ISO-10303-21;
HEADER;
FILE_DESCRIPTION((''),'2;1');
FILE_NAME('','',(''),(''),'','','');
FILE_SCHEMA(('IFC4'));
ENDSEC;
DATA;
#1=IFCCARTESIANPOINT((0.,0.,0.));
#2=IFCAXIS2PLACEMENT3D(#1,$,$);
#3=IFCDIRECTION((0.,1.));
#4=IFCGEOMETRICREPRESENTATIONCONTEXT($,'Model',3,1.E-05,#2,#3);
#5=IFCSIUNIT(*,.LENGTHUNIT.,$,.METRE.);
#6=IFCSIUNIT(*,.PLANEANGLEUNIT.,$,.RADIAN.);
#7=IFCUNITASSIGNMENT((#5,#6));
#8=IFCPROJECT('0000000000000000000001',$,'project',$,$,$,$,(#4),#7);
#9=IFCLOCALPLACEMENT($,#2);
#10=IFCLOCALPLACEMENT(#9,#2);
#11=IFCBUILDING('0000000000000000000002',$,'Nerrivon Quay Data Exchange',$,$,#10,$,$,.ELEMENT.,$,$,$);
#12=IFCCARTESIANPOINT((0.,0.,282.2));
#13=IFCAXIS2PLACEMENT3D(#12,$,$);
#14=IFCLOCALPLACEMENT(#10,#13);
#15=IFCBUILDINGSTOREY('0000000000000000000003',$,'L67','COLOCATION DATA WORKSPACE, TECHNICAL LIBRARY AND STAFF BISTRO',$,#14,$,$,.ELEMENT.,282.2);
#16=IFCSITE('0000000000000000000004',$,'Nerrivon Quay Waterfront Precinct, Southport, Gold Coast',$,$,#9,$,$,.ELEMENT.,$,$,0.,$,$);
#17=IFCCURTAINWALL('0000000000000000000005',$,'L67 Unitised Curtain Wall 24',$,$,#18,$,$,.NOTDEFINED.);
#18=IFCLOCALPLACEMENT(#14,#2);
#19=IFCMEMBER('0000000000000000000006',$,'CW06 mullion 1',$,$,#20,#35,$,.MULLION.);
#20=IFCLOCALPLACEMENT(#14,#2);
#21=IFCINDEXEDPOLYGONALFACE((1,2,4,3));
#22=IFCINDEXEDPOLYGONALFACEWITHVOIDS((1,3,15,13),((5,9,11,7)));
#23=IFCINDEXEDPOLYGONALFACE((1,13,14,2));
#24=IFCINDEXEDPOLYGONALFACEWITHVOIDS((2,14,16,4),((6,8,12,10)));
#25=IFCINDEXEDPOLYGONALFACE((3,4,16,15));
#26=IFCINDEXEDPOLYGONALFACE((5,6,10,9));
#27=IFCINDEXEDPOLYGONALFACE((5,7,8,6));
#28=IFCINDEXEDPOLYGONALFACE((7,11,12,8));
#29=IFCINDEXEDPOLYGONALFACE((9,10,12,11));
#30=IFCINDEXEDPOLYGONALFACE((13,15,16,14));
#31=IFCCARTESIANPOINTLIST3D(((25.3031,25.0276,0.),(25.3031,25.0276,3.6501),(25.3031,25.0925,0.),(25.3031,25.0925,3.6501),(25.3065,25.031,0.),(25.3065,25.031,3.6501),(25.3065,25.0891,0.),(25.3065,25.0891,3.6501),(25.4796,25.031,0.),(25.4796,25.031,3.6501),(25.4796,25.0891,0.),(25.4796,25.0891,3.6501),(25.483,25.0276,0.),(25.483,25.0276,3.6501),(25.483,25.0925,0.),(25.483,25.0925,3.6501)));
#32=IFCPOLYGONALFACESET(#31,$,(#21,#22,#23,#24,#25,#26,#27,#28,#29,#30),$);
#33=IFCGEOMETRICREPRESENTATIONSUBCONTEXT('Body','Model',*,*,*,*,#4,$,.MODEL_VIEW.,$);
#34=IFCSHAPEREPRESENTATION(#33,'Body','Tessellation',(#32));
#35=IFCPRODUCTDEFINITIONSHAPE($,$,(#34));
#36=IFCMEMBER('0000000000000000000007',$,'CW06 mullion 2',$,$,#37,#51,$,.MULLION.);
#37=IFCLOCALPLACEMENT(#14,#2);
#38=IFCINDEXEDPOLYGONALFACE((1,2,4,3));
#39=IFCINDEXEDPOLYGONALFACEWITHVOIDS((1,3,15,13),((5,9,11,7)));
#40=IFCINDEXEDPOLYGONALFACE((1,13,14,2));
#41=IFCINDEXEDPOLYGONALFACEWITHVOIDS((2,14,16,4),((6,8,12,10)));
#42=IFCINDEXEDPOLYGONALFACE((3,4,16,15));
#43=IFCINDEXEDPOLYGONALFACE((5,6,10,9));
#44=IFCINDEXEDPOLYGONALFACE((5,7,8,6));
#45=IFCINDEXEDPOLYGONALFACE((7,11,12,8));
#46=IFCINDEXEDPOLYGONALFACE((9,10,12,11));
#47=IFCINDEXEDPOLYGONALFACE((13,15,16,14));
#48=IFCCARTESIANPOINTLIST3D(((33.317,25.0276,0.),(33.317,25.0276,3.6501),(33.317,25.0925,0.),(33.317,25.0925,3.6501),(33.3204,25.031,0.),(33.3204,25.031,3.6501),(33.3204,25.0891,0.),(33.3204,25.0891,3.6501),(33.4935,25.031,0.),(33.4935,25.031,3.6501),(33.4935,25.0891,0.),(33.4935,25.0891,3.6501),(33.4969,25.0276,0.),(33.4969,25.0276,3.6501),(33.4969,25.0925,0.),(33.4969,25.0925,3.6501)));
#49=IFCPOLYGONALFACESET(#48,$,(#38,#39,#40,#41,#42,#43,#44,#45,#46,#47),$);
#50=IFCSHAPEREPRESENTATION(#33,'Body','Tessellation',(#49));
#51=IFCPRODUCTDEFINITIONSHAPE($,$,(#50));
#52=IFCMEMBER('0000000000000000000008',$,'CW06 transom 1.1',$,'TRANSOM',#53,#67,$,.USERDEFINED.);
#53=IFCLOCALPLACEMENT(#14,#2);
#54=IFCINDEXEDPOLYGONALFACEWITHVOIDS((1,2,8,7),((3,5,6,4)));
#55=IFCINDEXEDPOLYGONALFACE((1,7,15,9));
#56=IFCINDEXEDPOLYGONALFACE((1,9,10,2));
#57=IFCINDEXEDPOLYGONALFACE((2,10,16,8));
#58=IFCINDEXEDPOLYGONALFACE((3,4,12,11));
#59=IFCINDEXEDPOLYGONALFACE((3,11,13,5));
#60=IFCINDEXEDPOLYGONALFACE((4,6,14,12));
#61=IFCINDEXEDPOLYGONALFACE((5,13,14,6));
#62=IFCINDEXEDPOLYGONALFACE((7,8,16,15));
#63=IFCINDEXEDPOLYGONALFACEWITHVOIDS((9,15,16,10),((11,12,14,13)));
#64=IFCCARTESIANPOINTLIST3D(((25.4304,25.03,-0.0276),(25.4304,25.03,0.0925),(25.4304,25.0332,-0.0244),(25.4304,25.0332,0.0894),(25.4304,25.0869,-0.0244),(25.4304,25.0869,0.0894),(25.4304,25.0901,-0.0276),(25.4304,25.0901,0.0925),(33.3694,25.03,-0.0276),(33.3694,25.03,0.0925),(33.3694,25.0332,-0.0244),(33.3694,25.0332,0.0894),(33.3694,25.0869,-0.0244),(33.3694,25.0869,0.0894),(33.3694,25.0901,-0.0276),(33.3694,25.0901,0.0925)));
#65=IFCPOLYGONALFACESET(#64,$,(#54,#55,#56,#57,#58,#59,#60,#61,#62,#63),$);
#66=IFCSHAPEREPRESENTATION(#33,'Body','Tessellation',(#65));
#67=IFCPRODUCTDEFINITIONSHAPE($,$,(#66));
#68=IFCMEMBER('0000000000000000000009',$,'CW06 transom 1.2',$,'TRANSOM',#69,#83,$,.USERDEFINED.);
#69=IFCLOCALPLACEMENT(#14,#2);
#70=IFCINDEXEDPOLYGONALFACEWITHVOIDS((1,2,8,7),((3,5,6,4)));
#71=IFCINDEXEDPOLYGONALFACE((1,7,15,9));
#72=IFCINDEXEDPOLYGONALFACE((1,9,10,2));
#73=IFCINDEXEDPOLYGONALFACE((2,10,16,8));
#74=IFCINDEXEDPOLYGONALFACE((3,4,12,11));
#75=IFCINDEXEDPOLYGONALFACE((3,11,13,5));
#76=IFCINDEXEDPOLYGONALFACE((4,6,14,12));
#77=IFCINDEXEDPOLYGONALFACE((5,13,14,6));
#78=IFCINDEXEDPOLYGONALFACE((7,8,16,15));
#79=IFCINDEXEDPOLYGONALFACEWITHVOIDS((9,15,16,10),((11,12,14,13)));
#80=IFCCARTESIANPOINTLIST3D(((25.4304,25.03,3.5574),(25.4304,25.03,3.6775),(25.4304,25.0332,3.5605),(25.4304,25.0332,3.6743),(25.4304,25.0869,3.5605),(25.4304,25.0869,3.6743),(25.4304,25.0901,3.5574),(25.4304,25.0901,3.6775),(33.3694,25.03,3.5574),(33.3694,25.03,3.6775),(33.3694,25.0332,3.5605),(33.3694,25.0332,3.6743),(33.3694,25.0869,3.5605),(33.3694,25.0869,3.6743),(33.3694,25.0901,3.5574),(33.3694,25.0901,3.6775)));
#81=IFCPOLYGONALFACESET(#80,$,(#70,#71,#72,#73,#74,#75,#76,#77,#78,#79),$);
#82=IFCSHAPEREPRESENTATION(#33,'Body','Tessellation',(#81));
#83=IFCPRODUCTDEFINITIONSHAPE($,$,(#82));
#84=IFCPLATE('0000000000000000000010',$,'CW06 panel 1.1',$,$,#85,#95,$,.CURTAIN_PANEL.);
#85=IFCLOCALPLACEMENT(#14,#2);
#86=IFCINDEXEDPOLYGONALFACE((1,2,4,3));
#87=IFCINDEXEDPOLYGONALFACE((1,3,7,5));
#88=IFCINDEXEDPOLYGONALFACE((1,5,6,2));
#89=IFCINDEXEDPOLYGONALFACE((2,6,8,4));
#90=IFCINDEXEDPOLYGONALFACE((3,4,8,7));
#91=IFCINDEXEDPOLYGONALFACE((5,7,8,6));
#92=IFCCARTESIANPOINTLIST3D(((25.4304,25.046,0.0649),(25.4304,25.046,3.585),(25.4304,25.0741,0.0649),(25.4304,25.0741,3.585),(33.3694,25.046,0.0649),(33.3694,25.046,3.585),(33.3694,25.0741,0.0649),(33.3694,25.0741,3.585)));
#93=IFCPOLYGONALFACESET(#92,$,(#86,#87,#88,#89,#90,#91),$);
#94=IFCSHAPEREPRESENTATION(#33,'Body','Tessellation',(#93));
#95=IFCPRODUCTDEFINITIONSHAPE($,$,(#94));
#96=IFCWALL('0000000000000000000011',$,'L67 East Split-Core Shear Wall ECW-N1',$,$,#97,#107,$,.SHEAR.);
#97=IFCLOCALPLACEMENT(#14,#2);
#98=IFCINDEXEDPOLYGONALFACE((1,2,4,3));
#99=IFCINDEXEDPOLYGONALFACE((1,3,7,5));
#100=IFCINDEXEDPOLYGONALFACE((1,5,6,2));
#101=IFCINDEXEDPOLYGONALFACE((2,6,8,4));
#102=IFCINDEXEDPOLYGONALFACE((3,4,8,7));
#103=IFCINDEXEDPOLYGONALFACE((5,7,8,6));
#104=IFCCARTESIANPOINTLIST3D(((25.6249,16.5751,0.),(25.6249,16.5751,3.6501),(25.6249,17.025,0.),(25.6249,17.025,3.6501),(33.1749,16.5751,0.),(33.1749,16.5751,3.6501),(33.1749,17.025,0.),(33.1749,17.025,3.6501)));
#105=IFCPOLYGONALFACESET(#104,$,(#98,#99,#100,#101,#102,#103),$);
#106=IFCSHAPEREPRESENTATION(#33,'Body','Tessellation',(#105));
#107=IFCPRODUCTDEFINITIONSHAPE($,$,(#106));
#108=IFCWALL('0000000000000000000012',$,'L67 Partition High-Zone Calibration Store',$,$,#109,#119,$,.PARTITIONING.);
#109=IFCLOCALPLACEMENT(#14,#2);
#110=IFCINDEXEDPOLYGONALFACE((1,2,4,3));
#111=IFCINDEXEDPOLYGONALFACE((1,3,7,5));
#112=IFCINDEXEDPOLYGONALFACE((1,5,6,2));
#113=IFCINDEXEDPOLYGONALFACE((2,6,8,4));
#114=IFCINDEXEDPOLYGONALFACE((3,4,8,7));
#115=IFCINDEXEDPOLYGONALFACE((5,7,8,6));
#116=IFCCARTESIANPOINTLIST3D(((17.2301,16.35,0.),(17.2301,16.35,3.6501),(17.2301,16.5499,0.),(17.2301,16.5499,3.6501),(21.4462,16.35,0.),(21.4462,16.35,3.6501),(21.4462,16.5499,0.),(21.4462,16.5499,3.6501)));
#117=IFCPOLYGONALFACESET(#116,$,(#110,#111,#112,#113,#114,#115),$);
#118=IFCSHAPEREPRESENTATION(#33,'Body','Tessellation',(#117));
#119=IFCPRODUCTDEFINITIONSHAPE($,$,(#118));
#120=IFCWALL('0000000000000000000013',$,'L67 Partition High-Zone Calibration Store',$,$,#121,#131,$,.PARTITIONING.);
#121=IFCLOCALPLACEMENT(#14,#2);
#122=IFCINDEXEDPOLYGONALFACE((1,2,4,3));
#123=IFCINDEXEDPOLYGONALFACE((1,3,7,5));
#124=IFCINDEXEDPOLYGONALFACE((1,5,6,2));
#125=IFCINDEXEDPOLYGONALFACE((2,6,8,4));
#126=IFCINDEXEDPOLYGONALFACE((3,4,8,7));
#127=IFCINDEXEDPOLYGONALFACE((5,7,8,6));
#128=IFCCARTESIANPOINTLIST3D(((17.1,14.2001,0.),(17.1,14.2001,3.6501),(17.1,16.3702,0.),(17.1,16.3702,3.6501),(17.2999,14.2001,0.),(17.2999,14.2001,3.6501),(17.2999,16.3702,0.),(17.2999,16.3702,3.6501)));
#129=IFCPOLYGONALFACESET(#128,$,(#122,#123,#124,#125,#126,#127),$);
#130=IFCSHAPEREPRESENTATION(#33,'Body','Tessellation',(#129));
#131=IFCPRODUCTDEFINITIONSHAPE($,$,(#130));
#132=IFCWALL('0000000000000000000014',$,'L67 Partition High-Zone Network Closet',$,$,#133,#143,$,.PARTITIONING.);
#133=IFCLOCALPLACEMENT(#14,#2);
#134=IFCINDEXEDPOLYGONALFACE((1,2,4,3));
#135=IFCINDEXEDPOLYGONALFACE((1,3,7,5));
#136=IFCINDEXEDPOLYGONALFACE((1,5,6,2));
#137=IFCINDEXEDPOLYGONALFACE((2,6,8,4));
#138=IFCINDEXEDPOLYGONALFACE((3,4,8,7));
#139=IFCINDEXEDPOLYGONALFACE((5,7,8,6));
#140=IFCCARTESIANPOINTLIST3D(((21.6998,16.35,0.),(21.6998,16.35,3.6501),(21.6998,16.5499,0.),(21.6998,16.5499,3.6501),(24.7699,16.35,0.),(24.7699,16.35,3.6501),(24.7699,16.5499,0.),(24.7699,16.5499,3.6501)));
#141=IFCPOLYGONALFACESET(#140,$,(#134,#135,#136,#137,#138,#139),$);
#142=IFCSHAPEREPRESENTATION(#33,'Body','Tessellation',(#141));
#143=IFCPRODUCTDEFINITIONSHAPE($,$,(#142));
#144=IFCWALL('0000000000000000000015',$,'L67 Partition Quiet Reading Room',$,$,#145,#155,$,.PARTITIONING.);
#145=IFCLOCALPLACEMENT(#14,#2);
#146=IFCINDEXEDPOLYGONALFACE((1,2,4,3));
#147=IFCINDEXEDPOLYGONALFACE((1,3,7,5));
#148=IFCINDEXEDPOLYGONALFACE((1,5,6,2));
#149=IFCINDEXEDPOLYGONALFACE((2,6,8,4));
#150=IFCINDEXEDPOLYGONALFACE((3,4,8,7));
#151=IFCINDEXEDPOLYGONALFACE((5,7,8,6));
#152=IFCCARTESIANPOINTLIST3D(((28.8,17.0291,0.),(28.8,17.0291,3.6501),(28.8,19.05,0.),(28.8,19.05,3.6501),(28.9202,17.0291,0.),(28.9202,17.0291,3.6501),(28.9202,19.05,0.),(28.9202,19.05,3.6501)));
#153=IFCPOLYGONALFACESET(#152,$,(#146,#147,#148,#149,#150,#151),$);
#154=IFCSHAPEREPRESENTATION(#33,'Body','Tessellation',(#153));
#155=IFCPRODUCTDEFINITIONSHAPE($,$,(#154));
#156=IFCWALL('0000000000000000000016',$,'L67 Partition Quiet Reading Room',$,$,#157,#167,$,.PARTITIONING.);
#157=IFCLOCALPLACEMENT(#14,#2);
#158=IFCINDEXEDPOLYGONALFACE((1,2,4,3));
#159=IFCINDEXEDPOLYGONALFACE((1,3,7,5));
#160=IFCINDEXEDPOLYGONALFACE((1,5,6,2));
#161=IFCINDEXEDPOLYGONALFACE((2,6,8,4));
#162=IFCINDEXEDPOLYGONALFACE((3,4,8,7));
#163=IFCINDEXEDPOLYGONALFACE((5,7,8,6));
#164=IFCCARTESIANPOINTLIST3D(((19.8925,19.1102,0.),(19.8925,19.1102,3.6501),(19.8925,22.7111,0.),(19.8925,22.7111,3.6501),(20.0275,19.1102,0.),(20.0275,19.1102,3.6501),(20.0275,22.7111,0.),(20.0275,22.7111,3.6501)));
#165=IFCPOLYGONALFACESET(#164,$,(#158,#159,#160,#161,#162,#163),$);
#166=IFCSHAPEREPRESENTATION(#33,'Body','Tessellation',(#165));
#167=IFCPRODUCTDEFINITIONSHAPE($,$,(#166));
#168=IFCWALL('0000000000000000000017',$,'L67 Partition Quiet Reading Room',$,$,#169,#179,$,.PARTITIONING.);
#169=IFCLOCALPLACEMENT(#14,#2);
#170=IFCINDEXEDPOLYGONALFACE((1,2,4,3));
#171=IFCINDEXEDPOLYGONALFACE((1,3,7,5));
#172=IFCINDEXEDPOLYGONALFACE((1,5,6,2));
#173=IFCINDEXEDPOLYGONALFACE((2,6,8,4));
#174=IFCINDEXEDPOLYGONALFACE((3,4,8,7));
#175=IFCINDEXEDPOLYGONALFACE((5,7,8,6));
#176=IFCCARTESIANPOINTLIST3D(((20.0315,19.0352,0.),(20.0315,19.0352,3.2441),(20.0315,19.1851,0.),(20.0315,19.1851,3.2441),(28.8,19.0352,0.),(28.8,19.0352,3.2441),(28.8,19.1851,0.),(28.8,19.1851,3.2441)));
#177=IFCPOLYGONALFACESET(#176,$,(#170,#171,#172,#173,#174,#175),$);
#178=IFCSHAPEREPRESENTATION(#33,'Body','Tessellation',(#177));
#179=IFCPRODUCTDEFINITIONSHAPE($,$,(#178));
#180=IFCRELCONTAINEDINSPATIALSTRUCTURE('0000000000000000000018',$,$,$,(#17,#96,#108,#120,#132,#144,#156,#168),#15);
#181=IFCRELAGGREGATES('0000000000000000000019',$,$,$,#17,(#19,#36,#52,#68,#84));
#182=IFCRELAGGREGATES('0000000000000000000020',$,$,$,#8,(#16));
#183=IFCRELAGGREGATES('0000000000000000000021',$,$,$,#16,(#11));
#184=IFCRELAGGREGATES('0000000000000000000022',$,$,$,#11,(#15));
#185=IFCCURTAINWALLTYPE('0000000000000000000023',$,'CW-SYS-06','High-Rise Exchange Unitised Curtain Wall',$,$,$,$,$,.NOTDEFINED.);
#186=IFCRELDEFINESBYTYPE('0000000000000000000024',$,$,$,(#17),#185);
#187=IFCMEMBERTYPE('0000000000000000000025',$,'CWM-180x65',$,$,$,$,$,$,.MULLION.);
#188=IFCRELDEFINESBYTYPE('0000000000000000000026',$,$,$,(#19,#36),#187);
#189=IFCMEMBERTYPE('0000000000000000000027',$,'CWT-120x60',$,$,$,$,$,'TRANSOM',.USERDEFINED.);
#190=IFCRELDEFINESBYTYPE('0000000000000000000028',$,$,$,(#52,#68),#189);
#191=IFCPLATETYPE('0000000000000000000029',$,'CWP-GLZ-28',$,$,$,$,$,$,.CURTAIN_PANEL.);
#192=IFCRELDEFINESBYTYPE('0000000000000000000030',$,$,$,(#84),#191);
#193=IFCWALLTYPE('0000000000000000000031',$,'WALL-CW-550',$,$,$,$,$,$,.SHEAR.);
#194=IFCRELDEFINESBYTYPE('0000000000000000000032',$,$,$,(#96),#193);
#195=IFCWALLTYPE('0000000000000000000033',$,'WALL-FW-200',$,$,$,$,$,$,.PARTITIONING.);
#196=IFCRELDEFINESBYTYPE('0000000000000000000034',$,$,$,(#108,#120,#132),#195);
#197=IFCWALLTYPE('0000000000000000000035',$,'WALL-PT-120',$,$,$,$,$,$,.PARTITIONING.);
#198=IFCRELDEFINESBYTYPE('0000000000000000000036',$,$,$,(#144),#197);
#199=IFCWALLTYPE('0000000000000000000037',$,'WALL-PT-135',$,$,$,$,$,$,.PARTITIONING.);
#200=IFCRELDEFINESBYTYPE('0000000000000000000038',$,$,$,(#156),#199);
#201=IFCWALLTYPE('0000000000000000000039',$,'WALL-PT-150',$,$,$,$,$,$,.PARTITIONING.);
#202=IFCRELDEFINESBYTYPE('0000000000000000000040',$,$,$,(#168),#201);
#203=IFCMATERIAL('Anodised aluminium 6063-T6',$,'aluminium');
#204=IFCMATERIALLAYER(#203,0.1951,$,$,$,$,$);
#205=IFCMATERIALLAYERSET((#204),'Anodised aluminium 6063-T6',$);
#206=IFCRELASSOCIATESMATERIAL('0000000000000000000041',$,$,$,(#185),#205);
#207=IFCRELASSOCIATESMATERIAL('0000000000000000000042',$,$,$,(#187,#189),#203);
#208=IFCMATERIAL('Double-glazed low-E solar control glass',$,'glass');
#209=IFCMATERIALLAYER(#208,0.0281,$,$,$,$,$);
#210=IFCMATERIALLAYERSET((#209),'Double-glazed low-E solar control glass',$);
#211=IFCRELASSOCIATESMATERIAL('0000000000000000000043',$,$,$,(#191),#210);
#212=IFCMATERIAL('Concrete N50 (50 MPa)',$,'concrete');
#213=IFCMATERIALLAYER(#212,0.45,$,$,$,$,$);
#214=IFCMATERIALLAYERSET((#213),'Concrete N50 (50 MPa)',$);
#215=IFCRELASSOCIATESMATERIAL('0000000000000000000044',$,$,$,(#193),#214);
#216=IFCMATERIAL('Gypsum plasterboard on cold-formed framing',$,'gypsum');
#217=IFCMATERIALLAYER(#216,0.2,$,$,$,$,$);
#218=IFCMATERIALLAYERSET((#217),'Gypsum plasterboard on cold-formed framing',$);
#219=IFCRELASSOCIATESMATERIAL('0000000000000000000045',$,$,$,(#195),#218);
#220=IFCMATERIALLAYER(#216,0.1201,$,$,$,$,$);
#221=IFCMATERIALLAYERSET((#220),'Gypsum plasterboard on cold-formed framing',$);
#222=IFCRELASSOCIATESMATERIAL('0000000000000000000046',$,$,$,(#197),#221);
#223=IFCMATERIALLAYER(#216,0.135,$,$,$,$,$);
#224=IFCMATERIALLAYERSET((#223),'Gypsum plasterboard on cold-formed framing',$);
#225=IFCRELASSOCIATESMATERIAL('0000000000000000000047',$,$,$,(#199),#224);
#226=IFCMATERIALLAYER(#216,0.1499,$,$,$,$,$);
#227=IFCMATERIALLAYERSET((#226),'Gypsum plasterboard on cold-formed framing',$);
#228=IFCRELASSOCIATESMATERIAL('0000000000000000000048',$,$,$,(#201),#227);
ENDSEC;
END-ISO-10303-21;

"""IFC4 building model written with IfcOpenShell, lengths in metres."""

from ifc_helpers import new_model, si_unit, direction, frame, frame_2d, origin, origin_2d, place, context, subcontext, project, spatial, rectangle, hollow_rectangle, extrude, material, layer, layer_set, material_profile, profile_set, type_object, element, aggregate, save


model = new_model("IFC4")

# Units and contexts
model_context = context("Model", 3, precision=1e-05, world=origin(), true_north=direction((0.0, 1.0)))
body_context = subcontext(model_context, "Body", "Model", "MODEL_VIEW")
ifc_project = project(units=[si_unit("LENGTHUNIT", "METRE"), si_unit("PLANEANGLEUNIT", "RADIAN")], contexts=[model_context])

# Site, building, storey
site_placement = place(None, origin())
site = spatial("IfcSite", under=ifc_project, at=site_placement, Name="Nerrivon Quay Waterfront Precinct, Southport, Gold Coast", CompositionType="ELEMENT", RefElevation=0.0)
building_placement = place(site_placement, origin())
building = spatial("IfcBuilding", under=site, at=building_placement, Name="Nerrivon Quay Data Exchange", CompositionType="ELEMENT")
storey_placement = place(building_placement, frame((0.0, 0.0, 282.2)))
storey = spatial("IfcBuildingStorey", under=building, at=storey_placement, Name="L67", Description="COLOCATION DATA WORKSPACE, TECHNICAL LIBRARY AND STAFF BISTRO", CompositionType="ELEMENT", Elevation=282.2)

# Shared definitions
ifc_material_1 = material(Name="Concrete N50 (50 MPa)", Category="concrete")

# Curtain wall, members, plate
ifc_material_2 = material(Name="Anodised aluminium 6063-T6", Category="aluminium")
ifc_layer_1 = layer(ifc_material_2, 0.1951)
ifc_layer_set_1 = layer_set([ifc_layer_1], Name="Anodised aluminium 6063-T6")
curtain_wall_type = type_object("IfcCurtainWallType", Name="CW-SYS-06", Description="High-Rise Exchange Unitised Curtain Wall", PredefinedType="NOTDEFINED", material=ifc_layer_set_1)
curtain_wall_placement = place(storey_placement, origin())
curtain_wall = element("IfcCurtainWall", 1, at=curtain_wall_placement, inside=storey, type_object=curtain_wall_type, Name="L67 Unitised Curtain Wall 24", PredefinedType="NOTDEFINED")
ifc_material_profile_1 = material_profile(ifc_material_2, hollow_rectangle(XDim=0.0649, YDim=0.1799, WallThickness=0.0034, at=origin_2d()), Name="ALU-MULL-180x65")
ifc_profile_set_1 = profile_set([ifc_material_profile_1], Name="Anodised aluminium 6063-T6")
member_type_1 = type_object("IfcMemberType", Name="CWM-180x65", PredefinedType="MULLION", material=ifc_profile_set_1)
member_1_placement = place(storey_placement, frame((25.3931, 25.0601, 0.0), z_axis=(0.0, 0.0, 1.0), x_axis=(0.0, 1.0, 0.0)))
member_1 = element("IfcMember", 2, at=member_1_placement, type_object=member_type_1, Name="CW06 mullion 1", PredefinedType="MULLION", context=body_context, shape_type="SweptSolid", body=[
    extrude(hollow_rectangle(XDim=0.0649, YDim=0.1799, WallThickness=0.0034, at=origin_2d()), origin(), (0.0, 0.0, 1.0), 3.6501),
])
member_2_placement = place(storey_placement, frame((33.407, 25.0601, 0.0), z_axis=(0.0, 0.0, 1.0), x_axis=(0.0, 1.0, 0.0)))
member_2 = element("IfcMember", 3, at=member_2_placement, type_object=member_type_1, Name="CW06 mullion 2", PredefinedType="MULLION", context=body_context, shape_type="SweptSolid", body=[
    extrude(hollow_rectangle(XDim=0.0649, YDim=0.1799, WallThickness=0.0034, at=origin_2d()), origin(), (0.0, 0.0, 1.0), 3.6501),
])
ifc_material_profile_2 = material_profile(ifc_material_2, hollow_rectangle(XDim=0.0601, YDim=0.1201, WallThickness=0.0032, at=origin_2d()), Name="ALU-TRAN-120x60")
ifc_profile_set_2 = profile_set([ifc_material_profile_2], Name="Anodised aluminium 6063-T6")
member_type_2 = type_object("IfcMemberType", Name="CWT-120x60", ElementType="TRANSOM", PredefinedType="USERDEFINED", material=ifc_profile_set_2)
member_3_placement = place(storey_placement, frame((25.4304, 25.0601, 0.0325), z_axis=(1.0, 0.0, 0.0), x_axis=(0.0, 1.0, 0.0)))
member_3 = element("IfcMember", 4, at=member_3_placement, type_object=member_type_2, Name="CW06 transom 1.1", ObjectType="TRANSOM", PredefinedType="USERDEFINED", context=body_context, shape_type="SweptSolid", body=[
    extrude(hollow_rectangle(XDim=0.0601, YDim=0.1201, WallThickness=0.0032, at=origin_2d()), origin(), (0.0, 0.0, 1.0), 7.939),
])
member_4_placement = place(storey_placement, frame((25.4304, 25.0601, 3.6174), z_axis=(1.0, 0.0, 0.0), x_axis=(0.0, 1.0, 0.0)))
member_4 = element("IfcMember", 5, at=member_4_placement, type_object=member_type_2, Name="CW06 transom 1.2", ObjectType="TRANSOM", PredefinedType="USERDEFINED", context=body_context, shape_type="SweptSolid", body=[
    extrude(hollow_rectangle(XDim=0.0601, YDim=0.1201, WallThickness=0.0032, at=origin_2d()), origin(), (0.0, 0.0, 1.0), 7.939),
])
ifc_material_3 = material(Name="Double-glazed low-E solar control glass", Category="glass")
ifc_layer_2 = layer(ifc_material_3, 0.0281)
ifc_layer_set_2 = layer_set([ifc_layer_2], Name="Double-glazed low-E solar control glass")
plate_type = type_object("IfcPlateType", Name="CWP-GLZ-28", PredefinedType="CURTAIN_PANEL", material=ifc_layer_set_2)
plate_placement = place(storey_placement, frame((29.3999, 25.0601, 0.0649), z_axis=(0.0, 0.0, 1.0), x_axis=(1.0, 0.0, 0.0)))
plate = element("IfcPlate", 6, at=plate_placement, type_object=plate_type, Name="CW06 panel 1.1", PredefinedType="CURTAIN_PANEL", context=body_context, shape_type="SweptSolid", body=[
    extrude(rectangle(XDim=7.939, YDim=0.0281, at=origin_2d()), origin(), (0.0, 0.0, 1.0), 3.52),
])
aggregate(curtain_wall, [member_1, member_2, member_3, member_4, plate])

# Walls
ifc_layer_3 = layer(ifc_material_1, 0.45)
ifc_layer_set_3 = layer_set([ifc_layer_3], Name="Concrete N50 (50 MPa)")
wall_type_1 = type_object("IfcWallType", Name="WALL-CW-550", PredefinedType="SHEAR", material=ifc_layer_set_3)
wall_1_placement = place(storey_placement, frame((25.625, 16.8, 0.0), z_axis=(0.0, 0.0, 1.0), x_axis=(1.0, 0.0, 0.0)))
element("IfcWall", 7, at=wall_1_placement, inside=storey, type_object=wall_type_1, Name="L67 East Split-Core Shear Wall ECW-N1", PredefinedType="SHEAR", context=body_context, shape_type="SweptSolid", body=[
    extrude(rectangle(XDim=7.55, YDim=0.45, at=frame_2d((3.7749, 0.0))), origin(), (0.0, 0.0, 1.0), 3.6501),
])
ifc_material_4 = material(Name="Gypsum plasterboard on cold-formed framing", Category="gypsum")
ifc_layer_4 = layer(ifc_material_4, 0.2)
ifc_layer_set_4 = layer_set([ifc_layer_4], Name="Gypsum plasterboard on cold-formed framing")
wall_type_2 = type_object("IfcWallType", Name="WALL-FW-200", PredefinedType="PARTITIONING", material=ifc_layer_set_4)
wall_2_placement = place(storey_placement, frame((21.446, 16.45, 0.0), z_axis=(0.0, 0.0, 1.0), x_axis=(-1.0, 0.0, 0.0)))
element("IfcWall", 8, at=wall_2_placement, inside=storey, type_object=wall_type_2, Name="L67 Partition High-Zone Calibration Store", PredefinedType="PARTITIONING", context=body_context, shape_type="SweptSolid", body=[
    extrude(rectangle(XDim=4.2161, YDim=0.2, at=frame_2d((2.1079, 0.0))), origin(), (0.0, 0.0, 1.0), 3.6501),
])
wall_3_placement = place(storey_placement, frame((17.2, 16.3701, 0.0), z_axis=(0.0, 0.0, 1.0), x_axis=(0.0, -1.0, 0.0)))
element("IfcWall", 9, at=wall_3_placement, inside=storey, type_object=wall_type_2, Name="L67 Partition High-Zone Calibration Store", PredefinedType="PARTITIONING", context=body_context, shape_type="SweptSolid", body=[
    extrude(rectangle(XDim=2.1702, YDim=0.2, at=frame_2d((1.085, 0.0))), origin(), (0.0, 0.0, 1.0), 3.6501),
])
wall_4_placement = place(storey_placement, frame((24.77, 16.45, 0.0), z_axis=(0.0, 0.0, 1.0), x_axis=(-1.0, 0.0, 0.0)))
element("IfcWall", 10, at=wall_4_placement, inside=storey, type_object=wall_type_2, Name="L67 Partition High-Zone Network Closet", PredefinedType="PARTITIONING", context=body_context, shape_type="SweptSolid", body=[
    extrude(rectangle(XDim=3.0701, YDim=0.2, at=frame_2d((1.5352, 0.0))), origin(), (0.0, 0.0, 1.0), 3.6501),
])
ifc_layer_5 = layer(ifc_material_4, 0.1201)
ifc_layer_set_5 = layer_set([ifc_layer_5], Name="Gypsum plasterboard on cold-formed framing")
wall_type_3 = type_object("IfcWallType", Name="WALL-PT-120", PredefinedType="PARTITIONING", material=ifc_layer_set_5)
wall_5_placement = place(storey_placement, frame((28.8601, 19.05, 0.0), z_axis=(0.0, 0.0, 1.0), x_axis=(0.0, -1.0, 0.0)))
element("IfcWall", 11, at=wall_5_placement, inside=storey, type_object=wall_type_3, Name="L67 Partition Quiet Reading Room", PredefinedType="PARTITIONING", context=body_context, shape_type="SweptSolid", body=[
    extrude(rectangle(XDim=2.021, YDim=0.1201, at=frame_2d((1.0105, 0.0))), origin(), (0.0, 0.0, 1.0), 3.6501),
])
ifc_layer_6 = layer(ifc_material_4, 0.135)
ifc_layer_set_6 = layer_set([ifc_layer_6], Name="Gypsum plasterboard on cold-formed framing")
wall_type_4 = type_object("IfcWallType", Name="WALL-PT-135", PredefinedType="PARTITIONING", material=ifc_layer_set_6)
wall_6_placement = place(storey_placement, frame((19.96, 22.7109, 0.0), z_axis=(0.0, 0.0, 1.0), x_axis=(0.0, -1.0, 0.0)))
element("IfcWall", 12, at=wall_6_placement, inside=storey, type_object=wall_type_4, Name="L67 Partition Quiet Reading Room", PredefinedType="PARTITIONING", context=body_context, shape_type="SweptSolid", body=[
    extrude(rectangle(XDim=3.6008, YDim=0.135, at=frame_2d((1.8003, 0.0))), origin(), (0.0, 0.0, 1.0), 3.6501),
])
ifc_layer_7 = layer(ifc_material_4, 0.1499)
ifc_layer_set_7 = layer_set([ifc_layer_7], Name="Gypsum plasterboard on cold-formed framing")
wall_type_5 = type_object("IfcWallType", Name="WALL-PT-150", PredefinedType="PARTITIONING", material=ifc_layer_set_7)
wall_7_placement = place(storey_placement, frame((20.0315, 19.1101, 0.0), z_axis=(0.0, 0.0, 1.0), x_axis=(1.0, 0.0, 0.0)))
element("IfcWall", 13, at=wall_7_placement, inside=storey, type_object=wall_type_5, Name="L67 Partition Quiet Reading Room", PredefinedType="PARTITIONING", context=body_context, shape_type="SweptSolid", body=[
    extrude(rectangle(XDim=8.7686, YDim=0.1499, at=frame_2d((4.3843, 0.0))), origin(), (0.0, 0.0, 1.0), 3.2441),
])

save(model, "model.ifc")
